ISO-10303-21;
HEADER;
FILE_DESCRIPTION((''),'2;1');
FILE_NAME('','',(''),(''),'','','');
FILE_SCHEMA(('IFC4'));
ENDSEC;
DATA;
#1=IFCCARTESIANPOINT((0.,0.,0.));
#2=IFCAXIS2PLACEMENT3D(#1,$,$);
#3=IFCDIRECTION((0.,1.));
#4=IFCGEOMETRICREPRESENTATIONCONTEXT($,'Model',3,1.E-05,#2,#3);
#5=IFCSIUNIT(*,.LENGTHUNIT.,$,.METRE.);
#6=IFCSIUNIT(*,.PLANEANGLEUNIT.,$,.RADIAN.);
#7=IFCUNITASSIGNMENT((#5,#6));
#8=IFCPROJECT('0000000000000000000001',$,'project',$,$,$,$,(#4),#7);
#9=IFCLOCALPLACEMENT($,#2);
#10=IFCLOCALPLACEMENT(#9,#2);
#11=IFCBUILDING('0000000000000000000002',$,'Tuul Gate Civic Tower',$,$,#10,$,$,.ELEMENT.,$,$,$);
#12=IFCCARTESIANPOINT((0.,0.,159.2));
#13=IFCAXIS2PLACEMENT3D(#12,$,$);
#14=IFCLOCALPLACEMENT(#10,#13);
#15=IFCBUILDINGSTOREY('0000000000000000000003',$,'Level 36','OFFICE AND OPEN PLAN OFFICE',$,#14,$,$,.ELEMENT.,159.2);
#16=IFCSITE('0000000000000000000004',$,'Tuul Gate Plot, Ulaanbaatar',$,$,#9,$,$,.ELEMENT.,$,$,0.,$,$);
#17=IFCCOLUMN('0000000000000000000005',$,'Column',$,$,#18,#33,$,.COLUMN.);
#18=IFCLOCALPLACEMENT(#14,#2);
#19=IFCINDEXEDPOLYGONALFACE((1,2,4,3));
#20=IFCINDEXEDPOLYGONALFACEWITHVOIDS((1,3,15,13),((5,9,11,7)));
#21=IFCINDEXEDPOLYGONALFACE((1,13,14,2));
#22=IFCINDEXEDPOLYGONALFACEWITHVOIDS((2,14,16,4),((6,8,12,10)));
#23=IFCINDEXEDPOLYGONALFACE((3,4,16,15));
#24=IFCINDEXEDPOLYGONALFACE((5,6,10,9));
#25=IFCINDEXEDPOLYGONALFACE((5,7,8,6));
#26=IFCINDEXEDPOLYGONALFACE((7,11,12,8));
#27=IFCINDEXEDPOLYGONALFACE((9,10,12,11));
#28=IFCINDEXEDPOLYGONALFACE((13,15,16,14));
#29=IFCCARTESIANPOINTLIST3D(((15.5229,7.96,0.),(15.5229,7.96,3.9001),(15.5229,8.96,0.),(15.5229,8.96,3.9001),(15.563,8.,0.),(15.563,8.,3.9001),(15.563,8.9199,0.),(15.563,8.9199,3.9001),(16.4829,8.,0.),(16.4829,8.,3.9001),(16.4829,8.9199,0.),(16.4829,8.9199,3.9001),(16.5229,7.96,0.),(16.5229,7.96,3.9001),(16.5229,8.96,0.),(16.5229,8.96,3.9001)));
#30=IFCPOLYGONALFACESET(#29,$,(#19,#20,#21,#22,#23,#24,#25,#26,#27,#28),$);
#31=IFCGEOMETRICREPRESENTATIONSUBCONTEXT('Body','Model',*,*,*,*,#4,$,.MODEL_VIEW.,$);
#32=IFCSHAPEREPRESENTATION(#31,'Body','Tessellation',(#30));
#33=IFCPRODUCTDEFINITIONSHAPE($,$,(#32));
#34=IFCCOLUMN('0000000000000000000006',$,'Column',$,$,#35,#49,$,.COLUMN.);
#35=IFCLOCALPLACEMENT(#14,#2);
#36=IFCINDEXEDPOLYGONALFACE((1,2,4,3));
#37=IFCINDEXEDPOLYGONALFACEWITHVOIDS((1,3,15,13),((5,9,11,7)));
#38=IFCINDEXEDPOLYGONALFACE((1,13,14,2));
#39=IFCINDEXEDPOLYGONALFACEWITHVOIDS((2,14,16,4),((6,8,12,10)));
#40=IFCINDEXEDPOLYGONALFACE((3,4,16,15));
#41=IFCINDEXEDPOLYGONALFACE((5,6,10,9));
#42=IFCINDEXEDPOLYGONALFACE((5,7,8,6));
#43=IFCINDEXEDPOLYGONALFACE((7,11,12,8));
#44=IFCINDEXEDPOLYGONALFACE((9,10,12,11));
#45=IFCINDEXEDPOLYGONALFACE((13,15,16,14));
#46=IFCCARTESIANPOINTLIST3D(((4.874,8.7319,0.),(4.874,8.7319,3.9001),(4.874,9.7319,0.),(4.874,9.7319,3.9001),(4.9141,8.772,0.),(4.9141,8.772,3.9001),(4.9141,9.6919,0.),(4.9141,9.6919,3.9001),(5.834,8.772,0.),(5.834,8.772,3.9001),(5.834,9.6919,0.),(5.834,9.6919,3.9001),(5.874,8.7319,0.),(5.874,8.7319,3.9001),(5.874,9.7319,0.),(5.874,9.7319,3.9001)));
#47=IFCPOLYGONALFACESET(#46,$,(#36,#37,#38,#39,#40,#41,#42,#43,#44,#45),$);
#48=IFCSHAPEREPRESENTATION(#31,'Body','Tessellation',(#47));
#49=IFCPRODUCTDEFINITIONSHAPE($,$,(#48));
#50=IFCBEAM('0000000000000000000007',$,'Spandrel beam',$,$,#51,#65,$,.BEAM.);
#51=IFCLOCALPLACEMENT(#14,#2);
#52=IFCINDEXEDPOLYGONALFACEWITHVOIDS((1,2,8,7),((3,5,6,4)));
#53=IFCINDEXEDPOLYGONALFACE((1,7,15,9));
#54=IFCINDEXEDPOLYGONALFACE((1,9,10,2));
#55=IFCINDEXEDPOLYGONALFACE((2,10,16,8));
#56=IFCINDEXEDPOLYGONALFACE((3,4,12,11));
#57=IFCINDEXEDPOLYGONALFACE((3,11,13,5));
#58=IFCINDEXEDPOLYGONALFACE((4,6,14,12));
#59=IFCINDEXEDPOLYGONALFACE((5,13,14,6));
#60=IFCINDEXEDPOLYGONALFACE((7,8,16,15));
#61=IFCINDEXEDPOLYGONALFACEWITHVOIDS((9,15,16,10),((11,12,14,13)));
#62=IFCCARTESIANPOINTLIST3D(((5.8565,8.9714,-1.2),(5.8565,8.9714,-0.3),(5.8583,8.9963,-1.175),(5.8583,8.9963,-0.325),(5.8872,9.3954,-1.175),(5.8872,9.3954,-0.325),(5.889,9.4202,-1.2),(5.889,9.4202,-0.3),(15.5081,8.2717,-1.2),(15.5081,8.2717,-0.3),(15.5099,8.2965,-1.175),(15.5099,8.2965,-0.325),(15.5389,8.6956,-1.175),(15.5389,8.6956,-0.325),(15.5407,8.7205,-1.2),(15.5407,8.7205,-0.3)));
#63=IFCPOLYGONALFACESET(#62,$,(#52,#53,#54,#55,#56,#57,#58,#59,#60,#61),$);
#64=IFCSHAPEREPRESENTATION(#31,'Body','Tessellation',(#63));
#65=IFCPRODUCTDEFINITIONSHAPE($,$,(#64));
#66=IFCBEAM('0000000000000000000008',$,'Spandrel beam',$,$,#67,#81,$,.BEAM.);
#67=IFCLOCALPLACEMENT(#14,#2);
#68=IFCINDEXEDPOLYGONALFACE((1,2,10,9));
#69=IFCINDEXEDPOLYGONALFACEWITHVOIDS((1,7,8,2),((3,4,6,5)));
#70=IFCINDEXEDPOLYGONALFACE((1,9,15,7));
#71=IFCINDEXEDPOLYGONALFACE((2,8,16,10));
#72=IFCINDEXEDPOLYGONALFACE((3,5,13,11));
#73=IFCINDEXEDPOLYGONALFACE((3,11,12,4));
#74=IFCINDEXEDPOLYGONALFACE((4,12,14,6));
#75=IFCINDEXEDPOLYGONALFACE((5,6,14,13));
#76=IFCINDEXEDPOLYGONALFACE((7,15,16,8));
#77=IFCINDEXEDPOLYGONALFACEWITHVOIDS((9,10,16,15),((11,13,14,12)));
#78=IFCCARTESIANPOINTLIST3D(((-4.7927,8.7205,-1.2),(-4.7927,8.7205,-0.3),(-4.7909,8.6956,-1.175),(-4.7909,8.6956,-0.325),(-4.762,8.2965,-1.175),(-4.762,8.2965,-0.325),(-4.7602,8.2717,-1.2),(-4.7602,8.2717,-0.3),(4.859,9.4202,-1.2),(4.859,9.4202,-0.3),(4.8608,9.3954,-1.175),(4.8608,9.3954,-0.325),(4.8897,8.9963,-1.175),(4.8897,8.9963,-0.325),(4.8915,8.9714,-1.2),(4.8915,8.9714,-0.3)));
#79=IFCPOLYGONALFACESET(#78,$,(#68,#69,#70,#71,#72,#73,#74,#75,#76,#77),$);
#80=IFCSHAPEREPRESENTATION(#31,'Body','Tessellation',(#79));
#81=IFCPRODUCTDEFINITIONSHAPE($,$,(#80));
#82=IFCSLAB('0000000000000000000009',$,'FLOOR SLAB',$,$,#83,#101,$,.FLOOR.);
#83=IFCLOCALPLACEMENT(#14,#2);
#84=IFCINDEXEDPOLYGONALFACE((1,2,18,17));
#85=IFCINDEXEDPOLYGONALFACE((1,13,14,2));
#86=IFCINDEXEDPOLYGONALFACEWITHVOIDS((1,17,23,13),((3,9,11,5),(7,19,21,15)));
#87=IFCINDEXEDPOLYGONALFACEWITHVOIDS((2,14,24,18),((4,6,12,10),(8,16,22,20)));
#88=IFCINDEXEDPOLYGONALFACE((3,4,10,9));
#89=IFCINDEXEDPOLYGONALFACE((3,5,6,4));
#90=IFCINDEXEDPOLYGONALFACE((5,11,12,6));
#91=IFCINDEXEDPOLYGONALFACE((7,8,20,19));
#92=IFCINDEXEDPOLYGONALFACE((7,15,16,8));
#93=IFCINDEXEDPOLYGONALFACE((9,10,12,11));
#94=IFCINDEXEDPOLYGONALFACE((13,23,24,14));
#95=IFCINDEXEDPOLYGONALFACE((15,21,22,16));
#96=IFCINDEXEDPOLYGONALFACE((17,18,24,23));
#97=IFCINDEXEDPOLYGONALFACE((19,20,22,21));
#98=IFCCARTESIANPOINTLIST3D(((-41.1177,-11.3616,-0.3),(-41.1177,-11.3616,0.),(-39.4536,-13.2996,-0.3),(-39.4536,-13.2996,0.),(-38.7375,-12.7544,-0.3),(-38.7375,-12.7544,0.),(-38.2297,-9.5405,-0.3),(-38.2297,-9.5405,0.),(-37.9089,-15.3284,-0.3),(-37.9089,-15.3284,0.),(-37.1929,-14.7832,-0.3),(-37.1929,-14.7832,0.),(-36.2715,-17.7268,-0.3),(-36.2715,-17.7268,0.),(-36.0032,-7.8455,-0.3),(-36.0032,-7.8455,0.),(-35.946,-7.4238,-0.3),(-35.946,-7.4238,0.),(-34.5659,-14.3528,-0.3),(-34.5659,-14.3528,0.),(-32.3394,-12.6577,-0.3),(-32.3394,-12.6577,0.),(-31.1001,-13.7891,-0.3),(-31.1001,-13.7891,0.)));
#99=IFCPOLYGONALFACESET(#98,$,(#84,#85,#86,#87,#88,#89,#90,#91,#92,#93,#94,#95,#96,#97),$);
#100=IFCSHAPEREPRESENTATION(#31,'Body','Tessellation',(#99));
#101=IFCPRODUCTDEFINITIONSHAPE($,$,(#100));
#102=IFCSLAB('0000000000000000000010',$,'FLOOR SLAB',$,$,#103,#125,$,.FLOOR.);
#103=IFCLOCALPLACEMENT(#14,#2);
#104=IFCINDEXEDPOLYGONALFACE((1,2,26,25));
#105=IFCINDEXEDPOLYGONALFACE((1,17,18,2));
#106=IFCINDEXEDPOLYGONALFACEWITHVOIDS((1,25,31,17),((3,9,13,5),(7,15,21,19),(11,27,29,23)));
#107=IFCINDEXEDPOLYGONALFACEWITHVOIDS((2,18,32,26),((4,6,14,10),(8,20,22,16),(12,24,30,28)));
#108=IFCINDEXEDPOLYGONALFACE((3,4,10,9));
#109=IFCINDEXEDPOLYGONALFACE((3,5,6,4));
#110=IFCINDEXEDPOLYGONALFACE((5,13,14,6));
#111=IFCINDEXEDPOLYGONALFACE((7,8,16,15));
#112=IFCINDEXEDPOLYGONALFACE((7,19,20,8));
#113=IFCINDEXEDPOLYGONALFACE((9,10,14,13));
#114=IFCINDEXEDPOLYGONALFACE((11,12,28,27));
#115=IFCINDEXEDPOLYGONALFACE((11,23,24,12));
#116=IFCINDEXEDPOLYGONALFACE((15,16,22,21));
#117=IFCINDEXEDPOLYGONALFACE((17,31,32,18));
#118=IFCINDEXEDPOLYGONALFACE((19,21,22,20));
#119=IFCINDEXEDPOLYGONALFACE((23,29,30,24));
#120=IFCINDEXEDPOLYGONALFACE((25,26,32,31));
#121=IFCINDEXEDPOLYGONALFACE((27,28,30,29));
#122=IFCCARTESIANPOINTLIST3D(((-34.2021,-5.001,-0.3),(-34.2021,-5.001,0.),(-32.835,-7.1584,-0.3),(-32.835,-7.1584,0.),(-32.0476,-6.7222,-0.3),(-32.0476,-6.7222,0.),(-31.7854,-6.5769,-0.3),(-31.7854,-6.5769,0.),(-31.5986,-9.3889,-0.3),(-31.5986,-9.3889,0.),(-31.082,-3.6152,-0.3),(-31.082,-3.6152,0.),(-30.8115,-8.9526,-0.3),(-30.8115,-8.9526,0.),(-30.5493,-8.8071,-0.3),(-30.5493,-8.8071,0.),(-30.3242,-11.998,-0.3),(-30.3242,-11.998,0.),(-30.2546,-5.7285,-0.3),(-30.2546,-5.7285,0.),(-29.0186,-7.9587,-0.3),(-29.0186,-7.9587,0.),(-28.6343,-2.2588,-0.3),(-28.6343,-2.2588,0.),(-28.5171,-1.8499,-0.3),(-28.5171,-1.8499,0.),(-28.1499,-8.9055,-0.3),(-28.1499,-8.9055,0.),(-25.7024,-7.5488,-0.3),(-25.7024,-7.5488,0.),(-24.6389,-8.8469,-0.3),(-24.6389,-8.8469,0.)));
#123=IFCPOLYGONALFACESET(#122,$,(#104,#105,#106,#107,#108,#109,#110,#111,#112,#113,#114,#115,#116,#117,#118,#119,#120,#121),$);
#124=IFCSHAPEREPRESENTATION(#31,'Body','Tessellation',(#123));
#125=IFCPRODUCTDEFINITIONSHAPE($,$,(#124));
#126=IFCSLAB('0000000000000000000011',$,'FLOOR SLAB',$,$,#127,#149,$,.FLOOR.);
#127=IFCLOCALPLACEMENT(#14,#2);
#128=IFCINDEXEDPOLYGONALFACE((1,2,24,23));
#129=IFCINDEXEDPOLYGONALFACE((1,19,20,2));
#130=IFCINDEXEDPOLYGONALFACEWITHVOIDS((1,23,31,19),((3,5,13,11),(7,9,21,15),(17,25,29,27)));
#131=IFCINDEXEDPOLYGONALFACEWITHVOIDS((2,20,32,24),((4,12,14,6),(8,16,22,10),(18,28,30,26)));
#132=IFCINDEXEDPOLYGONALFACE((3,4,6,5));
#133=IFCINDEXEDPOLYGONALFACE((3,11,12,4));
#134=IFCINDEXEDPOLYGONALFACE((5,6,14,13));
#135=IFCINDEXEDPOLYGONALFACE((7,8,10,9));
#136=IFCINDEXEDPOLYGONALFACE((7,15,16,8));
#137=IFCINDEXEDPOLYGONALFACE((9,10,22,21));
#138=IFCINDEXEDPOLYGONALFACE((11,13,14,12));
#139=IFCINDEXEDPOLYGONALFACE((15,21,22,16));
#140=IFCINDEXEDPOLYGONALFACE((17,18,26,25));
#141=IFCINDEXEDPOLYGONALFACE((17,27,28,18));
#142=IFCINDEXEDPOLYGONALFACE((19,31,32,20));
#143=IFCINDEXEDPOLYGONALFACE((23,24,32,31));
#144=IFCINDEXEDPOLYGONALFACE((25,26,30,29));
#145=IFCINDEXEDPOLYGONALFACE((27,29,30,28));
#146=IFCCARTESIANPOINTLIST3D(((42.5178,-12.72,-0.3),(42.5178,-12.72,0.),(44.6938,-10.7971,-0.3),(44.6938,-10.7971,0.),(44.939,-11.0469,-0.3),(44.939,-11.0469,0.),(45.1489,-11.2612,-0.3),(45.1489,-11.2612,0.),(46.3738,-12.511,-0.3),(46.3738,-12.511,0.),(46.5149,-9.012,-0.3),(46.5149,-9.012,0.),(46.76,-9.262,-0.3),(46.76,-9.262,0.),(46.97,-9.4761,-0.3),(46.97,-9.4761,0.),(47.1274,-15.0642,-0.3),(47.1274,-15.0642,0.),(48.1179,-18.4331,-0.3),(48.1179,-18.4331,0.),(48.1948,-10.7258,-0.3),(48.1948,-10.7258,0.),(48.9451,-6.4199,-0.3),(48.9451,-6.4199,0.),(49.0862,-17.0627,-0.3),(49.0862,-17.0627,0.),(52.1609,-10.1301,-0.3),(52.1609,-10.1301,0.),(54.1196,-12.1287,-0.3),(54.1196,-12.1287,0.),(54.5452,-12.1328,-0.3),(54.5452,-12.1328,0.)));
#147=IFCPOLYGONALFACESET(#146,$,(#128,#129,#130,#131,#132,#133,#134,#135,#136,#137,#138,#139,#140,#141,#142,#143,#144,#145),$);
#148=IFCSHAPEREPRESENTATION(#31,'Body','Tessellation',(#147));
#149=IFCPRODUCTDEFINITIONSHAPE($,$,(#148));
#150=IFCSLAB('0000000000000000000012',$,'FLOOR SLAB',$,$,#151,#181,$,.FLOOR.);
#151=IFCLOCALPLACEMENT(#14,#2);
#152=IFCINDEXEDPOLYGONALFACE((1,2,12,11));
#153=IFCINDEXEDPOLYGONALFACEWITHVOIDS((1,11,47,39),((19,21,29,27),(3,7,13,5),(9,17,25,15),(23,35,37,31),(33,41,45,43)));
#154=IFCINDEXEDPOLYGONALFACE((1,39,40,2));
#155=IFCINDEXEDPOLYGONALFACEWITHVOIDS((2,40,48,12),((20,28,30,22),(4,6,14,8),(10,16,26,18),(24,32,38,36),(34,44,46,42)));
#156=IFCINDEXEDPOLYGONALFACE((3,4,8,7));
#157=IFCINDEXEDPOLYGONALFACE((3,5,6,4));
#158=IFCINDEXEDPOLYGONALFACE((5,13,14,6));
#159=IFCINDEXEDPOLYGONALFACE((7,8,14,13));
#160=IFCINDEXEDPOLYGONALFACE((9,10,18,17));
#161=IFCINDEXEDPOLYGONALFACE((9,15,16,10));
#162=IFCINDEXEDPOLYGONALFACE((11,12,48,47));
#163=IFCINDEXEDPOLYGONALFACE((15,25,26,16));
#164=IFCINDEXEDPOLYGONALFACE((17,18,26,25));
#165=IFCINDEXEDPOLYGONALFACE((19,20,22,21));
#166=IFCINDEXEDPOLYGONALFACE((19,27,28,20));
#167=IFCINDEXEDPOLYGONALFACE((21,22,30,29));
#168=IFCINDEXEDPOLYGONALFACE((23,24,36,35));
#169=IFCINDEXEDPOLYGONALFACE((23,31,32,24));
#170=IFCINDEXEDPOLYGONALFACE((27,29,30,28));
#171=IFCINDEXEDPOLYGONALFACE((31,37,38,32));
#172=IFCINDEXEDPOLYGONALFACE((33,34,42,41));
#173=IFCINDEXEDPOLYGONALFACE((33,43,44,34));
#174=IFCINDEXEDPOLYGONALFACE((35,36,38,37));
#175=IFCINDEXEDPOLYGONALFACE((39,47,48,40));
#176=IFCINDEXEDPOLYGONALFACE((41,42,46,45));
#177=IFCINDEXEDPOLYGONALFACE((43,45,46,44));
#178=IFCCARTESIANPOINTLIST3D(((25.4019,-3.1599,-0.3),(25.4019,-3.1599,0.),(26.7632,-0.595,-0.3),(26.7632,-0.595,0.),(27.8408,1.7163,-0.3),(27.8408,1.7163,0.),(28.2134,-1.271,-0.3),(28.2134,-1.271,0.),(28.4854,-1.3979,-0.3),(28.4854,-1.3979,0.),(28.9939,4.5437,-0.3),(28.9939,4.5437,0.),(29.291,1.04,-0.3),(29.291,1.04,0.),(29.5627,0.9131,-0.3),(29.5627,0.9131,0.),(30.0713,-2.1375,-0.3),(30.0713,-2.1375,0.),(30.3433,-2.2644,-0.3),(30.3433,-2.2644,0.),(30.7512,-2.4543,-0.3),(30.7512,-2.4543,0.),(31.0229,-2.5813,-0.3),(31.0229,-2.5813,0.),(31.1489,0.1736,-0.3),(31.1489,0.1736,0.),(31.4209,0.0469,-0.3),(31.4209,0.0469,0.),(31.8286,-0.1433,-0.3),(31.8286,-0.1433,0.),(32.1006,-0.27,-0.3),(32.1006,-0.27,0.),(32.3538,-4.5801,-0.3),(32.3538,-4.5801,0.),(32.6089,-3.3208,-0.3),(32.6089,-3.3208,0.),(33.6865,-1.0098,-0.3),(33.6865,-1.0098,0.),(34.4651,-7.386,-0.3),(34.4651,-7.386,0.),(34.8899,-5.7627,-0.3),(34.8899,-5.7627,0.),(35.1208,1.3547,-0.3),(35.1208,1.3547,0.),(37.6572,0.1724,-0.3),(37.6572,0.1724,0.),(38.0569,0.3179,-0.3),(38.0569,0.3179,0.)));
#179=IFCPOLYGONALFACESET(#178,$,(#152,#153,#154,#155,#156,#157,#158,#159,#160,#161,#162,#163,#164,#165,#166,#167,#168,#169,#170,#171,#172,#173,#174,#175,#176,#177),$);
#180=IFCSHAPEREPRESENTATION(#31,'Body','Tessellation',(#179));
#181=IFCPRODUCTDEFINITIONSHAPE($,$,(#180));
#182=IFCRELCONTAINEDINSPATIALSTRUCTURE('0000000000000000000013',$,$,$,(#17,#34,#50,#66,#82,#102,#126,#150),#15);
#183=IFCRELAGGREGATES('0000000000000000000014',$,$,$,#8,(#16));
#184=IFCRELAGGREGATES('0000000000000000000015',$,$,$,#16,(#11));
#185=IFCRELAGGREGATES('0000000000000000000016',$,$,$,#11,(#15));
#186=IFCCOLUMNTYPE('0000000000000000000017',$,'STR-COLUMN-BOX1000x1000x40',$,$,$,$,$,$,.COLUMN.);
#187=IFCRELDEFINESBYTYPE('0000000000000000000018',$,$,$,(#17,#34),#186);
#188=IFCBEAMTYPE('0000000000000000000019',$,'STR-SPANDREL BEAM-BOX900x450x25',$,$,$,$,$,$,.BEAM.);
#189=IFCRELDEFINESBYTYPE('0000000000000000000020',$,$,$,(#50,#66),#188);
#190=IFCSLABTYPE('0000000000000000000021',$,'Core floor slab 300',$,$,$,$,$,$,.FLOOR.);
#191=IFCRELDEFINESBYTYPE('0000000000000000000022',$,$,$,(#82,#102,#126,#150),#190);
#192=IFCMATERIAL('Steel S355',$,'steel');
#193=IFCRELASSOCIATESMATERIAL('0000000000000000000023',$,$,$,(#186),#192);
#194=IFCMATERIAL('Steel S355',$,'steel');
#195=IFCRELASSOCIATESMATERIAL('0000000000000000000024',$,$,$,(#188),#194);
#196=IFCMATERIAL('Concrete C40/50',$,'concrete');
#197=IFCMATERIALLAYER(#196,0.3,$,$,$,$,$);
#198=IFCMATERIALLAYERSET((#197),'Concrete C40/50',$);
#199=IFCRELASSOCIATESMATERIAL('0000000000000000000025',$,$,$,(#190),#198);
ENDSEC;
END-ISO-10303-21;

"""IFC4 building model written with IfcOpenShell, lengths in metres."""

from ifc_helpers import new_model, si_unit, direction, frame, origin, origin_2d, place, context, subcontext, project, spatial, polyline, hollow_rectangle, outline, extrude, material, layer, layer_set, material_profile, profile_set, type_object, element, save


model = new_model("IFC4")

# Units and contexts
model_context = context("Model", 3, precision=1e-05, world=origin(), true_north=direction((0.0, 1.0)))
body_context = subcontext(model_context, "Body", "Model", "MODEL_VIEW")
ifc_project = project(units=[si_unit("LENGTHUNIT", "METRE"), si_unit("PLANEANGLEUNIT", "RADIAN")], contexts=[model_context])

# Site, building, storey
site_placement = place(None, origin())
site = spatial("IfcSite", under=ifc_project, at=site_placement, Name="Tuul Gate Plot, Ulaanbaatar", CompositionType="ELEMENT", RefElevation=0.0)
building_placement = place(site_placement, origin())
building = spatial("IfcBuilding", under=site, at=building_placement, Name="Tuul Gate Civic Tower", CompositionType="ELEMENT")
storey_placement = place(building_placement, frame((0.0, 0.0, 159.2)))
storey = spatial("IfcBuildingStorey", under=building, at=storey_placement, Name="Level 36", Description="OFFICE AND OPEN PLAN OFFICE", CompositionType="ELEMENT", Elevation=159.2)

# Columns
ifc_material_1 = material(Name="Steel S355", Category="steel")
ifc_material_profile_1 = material_profile(ifc_material_1, hollow_rectangle(XDim=1.0, YDim=1.0, WallThickness=0.04, at=origin_2d()), Name="BOX1000x1000x40")
ifc_profile_set_1 = profile_set([ifc_material_profile_1], Name="Steel S355")
column_type = type_object("IfcColumnType", Name="STR-COLUMN-BOX1000x1000x40", PredefinedType="COLUMN", material=ifc_profile_set_1)
for number, where, z_axis, x_axis, name in (
    (1, (16.0229, 8.46, 0.0), (0.0, 0.0, 1.0), (1.0, 0.0, 0.0), "Column"),
    (2, (5.374, 9.2319, 0.0), (0.0, 0.0, 1.0), (1.0, 0.0, 0.0), "Column"),
):
    element("IfcColumn", number, at=place(storey_placement, frame(where, z_axis=z_axis, x_axis=x_axis)), inside=storey, type_object=column_type, Name=name, PredefinedType="COLUMN", context=body_context, shape_type="SweptSolid", body=[
        extrude(hollow_rectangle(XDim=1.0, YDim=1.0, WallThickness=0.04, at=origin_2d()), origin(), (0.0, 0.0, 1.0), 3.9001),
    ])

# Beams
ifc_material_2 = material(Name="Steel S355", Category="steel")
ifc_material_profile_2 = material_profile(ifc_material_2, hollow_rectangle(XDim=0.45, YDim=0.8999, WallThickness=0.0249, at=origin_2d()), Name="BOX900x450x25")
ifc_profile_set_2 = profile_set([ifc_material_profile_2], Name="Steel S355")
beam_type = type_object("IfcBeamType", Name="STR-SPANDREL BEAM-BOX900x450x25", PredefinedType="BEAM", material=ifc_profile_set_2)
for number, where, z_axis, x_axis, name in (
    (3, (15.5244, 8.4961, -0.75), (-0.997382, 0.072307, 0.0), (-0.072307, -0.997382, 0.0), "Spandrel beam"),
    (4, (4.8752, 9.1958, -0.75), (-0.997382, -0.072307, 0.0), (0.072307, -0.997382, 0.0), "Spandrel beam"),
):
    element("IfcBeam", number, at=place(storey_placement, frame(where, z_axis=z_axis, x_axis=x_axis)), inside=storey, type_object=beam_type, Name=name, PredefinedType="BEAM", context=body_context, shape_type="SweptSolid", body=[
        extrude(hollow_rectangle(XDim=0.45, YDim=0.8999, WallThickness=0.0249, at=origin_2d()), origin(), (0.0, 0.0, 1.0), 9.677),
    ])

# Slabs
ifc_material_3 = material(Name="Concrete C40/50", Category="concrete")
ifc_layer_1 = layer(ifc_material_3, 0.3)
ifc_layer_set_1 = layer_set([ifc_layer_1], Name="Concrete C40/50")
slab_type_1 = type_object("IfcSlabType", Name="Core floor slab 300", PredefinedType="FLOOR", material=ifc_layer_set_1)
slab_1_placement = place(storey_placement, frame((0.0, 0.0, -0.3)))
element("IfcSlab", 5, at=slab_1_placement, inside=storey, type_object=slab_type_1, Name="FLOOR SLAB", PredefinedType="FLOOR", context=body_context, shape_type="SweptSolid", body=[
    extrude(outline(polyline([(-31.1001, -13.7891), (-35.946, -7.4238), (-41.1177, -11.3616), (-36.2715, -17.7268), (-31.1001, -13.7891)]), holes=[polyline([(-37.1929, -14.7832), (-38.7375, -12.7544), (-39.4536, -13.2996), (-37.9089, -15.3284), (-37.1929, -14.7832)]), polyline([(-32.3394, -12.6577), (-34.5659, -14.3528), (-38.2297, -9.5405), (-36.0032, -7.8455), (-32.3394, -12.6577)])]), origin(), (0.0, 0.0, 1.0), 0.3),
])
slab_2_placement = place(storey_placement, frame((0.0, 0.0, -0.3)))
element("IfcSlab", 6, at=slab_2_placement, inside=storey, type_object=slab_type_1, Name="FLOOR SLAB", PredefinedType="FLOOR", context=body_context, shape_type="SweptSolid", body=[
    extrude(outline(polyline([(-24.6389, -8.8469), (-28.5171, -1.8499), (-34.2021, -5.001), (-30.3242, -11.998), (-24.6389, -8.8469)]), holes=[polyline([(-29.0186, -7.9587), (-30.2546, -5.7285), (-31.7854, -6.5769), (-30.5493, -8.8071), (-29.0186, -7.9587)]), polyline([(-30.8115, -8.9526), (-32.0476, -6.7222), (-32.835, -7.1584), (-31.5986, -9.3889), (-30.8115, -8.9526)]), polyline([(-25.7024, -7.5488), (-28.1499, -8.9055), (-31.082, -3.6152), (-28.6343, -2.2588), (-25.7024, -7.5488)])]), origin(), (0.0, 0.0, 1.0), 0.3),
])
slab_3_placement = place(storey_placement, frame((0.0, 0.0, -0.3)))
element("IfcSlab", 7, at=slab_3_placement, inside=storey, type_object=slab_type_1, Name="FLOOR SLAB", PredefinedType="FLOOR", context=body_context, shape_type="SweptSolid", body=[
    extrude(outline(polyline([(48.1179, -18.4331), (54.5452, -12.1328), (48.9451, -6.4199), (42.5178, -12.72), (48.1179, -18.4331)]), holes=[polyline([(46.3738, -12.511), (48.1948, -10.7258), (46.97, -9.4761), (45.1489, -11.2612), (46.3738, -12.511)]), polyline([(44.939, -11.0469), (46.76, -9.262), (46.5149, -9.012), (44.6938, -10.7971), (44.939, -11.0469)]), polyline([(49.0862, -17.0627), (47.1274, -15.0642), (52.1609, -10.1301), (54.1196, -12.1287), (49.0862, -17.0627)])]), origin(), (0.0, 0.0, 1.0), 0.3),
])
slab_4_placement = place(storey_placement, frame((0.0, 0.0, -0.3)))
element("IfcSlab", 8, at=slab_4_placement, inside=storey, type_object=slab_type_1, Name="FLOOR SLAB", PredefinedType="FLOOR", context=body_context, shape_type="SweptSolid", body=[
    extrude(outline(polyline([(34.4651, -7.386), (38.0569, 0.3179), (28.9939, 4.5437), (25.4019, -3.1599), (34.4651, -7.386)]), holes=[polyline([(32.6089, -3.3208), (33.6865, -1.0098), (32.1006, -0.27), (31.0229, -2.5813), (32.6089, -3.3208)]), polyline([(30.0713, -2.1375), (31.1489, 0.1736), (29.5627, 0.9131), (28.4854, -1.3979), (30.0713, -2.1375)]), polyline([(30.7512, -2.4543), (31.8286, -0.1433), (31.4209, 0.0469), (30.3433, -2.2644), (30.7512, -2.4543)]), polyline([(28.2134, -1.271), (29.291, 1.04), (27.8408, 1.7163), (26.7632, -0.595), (28.2134, -1.271)]), polyline([(34.8899, -5.7627), (32.3538, -4.5801), (35.1208, 1.3547), (37.6572, 0.1724), (34.8899, -5.7627)])]), origin(), (0.0, 0.0, 1.0), 0.3),
])

save(model, "model.ifc")
